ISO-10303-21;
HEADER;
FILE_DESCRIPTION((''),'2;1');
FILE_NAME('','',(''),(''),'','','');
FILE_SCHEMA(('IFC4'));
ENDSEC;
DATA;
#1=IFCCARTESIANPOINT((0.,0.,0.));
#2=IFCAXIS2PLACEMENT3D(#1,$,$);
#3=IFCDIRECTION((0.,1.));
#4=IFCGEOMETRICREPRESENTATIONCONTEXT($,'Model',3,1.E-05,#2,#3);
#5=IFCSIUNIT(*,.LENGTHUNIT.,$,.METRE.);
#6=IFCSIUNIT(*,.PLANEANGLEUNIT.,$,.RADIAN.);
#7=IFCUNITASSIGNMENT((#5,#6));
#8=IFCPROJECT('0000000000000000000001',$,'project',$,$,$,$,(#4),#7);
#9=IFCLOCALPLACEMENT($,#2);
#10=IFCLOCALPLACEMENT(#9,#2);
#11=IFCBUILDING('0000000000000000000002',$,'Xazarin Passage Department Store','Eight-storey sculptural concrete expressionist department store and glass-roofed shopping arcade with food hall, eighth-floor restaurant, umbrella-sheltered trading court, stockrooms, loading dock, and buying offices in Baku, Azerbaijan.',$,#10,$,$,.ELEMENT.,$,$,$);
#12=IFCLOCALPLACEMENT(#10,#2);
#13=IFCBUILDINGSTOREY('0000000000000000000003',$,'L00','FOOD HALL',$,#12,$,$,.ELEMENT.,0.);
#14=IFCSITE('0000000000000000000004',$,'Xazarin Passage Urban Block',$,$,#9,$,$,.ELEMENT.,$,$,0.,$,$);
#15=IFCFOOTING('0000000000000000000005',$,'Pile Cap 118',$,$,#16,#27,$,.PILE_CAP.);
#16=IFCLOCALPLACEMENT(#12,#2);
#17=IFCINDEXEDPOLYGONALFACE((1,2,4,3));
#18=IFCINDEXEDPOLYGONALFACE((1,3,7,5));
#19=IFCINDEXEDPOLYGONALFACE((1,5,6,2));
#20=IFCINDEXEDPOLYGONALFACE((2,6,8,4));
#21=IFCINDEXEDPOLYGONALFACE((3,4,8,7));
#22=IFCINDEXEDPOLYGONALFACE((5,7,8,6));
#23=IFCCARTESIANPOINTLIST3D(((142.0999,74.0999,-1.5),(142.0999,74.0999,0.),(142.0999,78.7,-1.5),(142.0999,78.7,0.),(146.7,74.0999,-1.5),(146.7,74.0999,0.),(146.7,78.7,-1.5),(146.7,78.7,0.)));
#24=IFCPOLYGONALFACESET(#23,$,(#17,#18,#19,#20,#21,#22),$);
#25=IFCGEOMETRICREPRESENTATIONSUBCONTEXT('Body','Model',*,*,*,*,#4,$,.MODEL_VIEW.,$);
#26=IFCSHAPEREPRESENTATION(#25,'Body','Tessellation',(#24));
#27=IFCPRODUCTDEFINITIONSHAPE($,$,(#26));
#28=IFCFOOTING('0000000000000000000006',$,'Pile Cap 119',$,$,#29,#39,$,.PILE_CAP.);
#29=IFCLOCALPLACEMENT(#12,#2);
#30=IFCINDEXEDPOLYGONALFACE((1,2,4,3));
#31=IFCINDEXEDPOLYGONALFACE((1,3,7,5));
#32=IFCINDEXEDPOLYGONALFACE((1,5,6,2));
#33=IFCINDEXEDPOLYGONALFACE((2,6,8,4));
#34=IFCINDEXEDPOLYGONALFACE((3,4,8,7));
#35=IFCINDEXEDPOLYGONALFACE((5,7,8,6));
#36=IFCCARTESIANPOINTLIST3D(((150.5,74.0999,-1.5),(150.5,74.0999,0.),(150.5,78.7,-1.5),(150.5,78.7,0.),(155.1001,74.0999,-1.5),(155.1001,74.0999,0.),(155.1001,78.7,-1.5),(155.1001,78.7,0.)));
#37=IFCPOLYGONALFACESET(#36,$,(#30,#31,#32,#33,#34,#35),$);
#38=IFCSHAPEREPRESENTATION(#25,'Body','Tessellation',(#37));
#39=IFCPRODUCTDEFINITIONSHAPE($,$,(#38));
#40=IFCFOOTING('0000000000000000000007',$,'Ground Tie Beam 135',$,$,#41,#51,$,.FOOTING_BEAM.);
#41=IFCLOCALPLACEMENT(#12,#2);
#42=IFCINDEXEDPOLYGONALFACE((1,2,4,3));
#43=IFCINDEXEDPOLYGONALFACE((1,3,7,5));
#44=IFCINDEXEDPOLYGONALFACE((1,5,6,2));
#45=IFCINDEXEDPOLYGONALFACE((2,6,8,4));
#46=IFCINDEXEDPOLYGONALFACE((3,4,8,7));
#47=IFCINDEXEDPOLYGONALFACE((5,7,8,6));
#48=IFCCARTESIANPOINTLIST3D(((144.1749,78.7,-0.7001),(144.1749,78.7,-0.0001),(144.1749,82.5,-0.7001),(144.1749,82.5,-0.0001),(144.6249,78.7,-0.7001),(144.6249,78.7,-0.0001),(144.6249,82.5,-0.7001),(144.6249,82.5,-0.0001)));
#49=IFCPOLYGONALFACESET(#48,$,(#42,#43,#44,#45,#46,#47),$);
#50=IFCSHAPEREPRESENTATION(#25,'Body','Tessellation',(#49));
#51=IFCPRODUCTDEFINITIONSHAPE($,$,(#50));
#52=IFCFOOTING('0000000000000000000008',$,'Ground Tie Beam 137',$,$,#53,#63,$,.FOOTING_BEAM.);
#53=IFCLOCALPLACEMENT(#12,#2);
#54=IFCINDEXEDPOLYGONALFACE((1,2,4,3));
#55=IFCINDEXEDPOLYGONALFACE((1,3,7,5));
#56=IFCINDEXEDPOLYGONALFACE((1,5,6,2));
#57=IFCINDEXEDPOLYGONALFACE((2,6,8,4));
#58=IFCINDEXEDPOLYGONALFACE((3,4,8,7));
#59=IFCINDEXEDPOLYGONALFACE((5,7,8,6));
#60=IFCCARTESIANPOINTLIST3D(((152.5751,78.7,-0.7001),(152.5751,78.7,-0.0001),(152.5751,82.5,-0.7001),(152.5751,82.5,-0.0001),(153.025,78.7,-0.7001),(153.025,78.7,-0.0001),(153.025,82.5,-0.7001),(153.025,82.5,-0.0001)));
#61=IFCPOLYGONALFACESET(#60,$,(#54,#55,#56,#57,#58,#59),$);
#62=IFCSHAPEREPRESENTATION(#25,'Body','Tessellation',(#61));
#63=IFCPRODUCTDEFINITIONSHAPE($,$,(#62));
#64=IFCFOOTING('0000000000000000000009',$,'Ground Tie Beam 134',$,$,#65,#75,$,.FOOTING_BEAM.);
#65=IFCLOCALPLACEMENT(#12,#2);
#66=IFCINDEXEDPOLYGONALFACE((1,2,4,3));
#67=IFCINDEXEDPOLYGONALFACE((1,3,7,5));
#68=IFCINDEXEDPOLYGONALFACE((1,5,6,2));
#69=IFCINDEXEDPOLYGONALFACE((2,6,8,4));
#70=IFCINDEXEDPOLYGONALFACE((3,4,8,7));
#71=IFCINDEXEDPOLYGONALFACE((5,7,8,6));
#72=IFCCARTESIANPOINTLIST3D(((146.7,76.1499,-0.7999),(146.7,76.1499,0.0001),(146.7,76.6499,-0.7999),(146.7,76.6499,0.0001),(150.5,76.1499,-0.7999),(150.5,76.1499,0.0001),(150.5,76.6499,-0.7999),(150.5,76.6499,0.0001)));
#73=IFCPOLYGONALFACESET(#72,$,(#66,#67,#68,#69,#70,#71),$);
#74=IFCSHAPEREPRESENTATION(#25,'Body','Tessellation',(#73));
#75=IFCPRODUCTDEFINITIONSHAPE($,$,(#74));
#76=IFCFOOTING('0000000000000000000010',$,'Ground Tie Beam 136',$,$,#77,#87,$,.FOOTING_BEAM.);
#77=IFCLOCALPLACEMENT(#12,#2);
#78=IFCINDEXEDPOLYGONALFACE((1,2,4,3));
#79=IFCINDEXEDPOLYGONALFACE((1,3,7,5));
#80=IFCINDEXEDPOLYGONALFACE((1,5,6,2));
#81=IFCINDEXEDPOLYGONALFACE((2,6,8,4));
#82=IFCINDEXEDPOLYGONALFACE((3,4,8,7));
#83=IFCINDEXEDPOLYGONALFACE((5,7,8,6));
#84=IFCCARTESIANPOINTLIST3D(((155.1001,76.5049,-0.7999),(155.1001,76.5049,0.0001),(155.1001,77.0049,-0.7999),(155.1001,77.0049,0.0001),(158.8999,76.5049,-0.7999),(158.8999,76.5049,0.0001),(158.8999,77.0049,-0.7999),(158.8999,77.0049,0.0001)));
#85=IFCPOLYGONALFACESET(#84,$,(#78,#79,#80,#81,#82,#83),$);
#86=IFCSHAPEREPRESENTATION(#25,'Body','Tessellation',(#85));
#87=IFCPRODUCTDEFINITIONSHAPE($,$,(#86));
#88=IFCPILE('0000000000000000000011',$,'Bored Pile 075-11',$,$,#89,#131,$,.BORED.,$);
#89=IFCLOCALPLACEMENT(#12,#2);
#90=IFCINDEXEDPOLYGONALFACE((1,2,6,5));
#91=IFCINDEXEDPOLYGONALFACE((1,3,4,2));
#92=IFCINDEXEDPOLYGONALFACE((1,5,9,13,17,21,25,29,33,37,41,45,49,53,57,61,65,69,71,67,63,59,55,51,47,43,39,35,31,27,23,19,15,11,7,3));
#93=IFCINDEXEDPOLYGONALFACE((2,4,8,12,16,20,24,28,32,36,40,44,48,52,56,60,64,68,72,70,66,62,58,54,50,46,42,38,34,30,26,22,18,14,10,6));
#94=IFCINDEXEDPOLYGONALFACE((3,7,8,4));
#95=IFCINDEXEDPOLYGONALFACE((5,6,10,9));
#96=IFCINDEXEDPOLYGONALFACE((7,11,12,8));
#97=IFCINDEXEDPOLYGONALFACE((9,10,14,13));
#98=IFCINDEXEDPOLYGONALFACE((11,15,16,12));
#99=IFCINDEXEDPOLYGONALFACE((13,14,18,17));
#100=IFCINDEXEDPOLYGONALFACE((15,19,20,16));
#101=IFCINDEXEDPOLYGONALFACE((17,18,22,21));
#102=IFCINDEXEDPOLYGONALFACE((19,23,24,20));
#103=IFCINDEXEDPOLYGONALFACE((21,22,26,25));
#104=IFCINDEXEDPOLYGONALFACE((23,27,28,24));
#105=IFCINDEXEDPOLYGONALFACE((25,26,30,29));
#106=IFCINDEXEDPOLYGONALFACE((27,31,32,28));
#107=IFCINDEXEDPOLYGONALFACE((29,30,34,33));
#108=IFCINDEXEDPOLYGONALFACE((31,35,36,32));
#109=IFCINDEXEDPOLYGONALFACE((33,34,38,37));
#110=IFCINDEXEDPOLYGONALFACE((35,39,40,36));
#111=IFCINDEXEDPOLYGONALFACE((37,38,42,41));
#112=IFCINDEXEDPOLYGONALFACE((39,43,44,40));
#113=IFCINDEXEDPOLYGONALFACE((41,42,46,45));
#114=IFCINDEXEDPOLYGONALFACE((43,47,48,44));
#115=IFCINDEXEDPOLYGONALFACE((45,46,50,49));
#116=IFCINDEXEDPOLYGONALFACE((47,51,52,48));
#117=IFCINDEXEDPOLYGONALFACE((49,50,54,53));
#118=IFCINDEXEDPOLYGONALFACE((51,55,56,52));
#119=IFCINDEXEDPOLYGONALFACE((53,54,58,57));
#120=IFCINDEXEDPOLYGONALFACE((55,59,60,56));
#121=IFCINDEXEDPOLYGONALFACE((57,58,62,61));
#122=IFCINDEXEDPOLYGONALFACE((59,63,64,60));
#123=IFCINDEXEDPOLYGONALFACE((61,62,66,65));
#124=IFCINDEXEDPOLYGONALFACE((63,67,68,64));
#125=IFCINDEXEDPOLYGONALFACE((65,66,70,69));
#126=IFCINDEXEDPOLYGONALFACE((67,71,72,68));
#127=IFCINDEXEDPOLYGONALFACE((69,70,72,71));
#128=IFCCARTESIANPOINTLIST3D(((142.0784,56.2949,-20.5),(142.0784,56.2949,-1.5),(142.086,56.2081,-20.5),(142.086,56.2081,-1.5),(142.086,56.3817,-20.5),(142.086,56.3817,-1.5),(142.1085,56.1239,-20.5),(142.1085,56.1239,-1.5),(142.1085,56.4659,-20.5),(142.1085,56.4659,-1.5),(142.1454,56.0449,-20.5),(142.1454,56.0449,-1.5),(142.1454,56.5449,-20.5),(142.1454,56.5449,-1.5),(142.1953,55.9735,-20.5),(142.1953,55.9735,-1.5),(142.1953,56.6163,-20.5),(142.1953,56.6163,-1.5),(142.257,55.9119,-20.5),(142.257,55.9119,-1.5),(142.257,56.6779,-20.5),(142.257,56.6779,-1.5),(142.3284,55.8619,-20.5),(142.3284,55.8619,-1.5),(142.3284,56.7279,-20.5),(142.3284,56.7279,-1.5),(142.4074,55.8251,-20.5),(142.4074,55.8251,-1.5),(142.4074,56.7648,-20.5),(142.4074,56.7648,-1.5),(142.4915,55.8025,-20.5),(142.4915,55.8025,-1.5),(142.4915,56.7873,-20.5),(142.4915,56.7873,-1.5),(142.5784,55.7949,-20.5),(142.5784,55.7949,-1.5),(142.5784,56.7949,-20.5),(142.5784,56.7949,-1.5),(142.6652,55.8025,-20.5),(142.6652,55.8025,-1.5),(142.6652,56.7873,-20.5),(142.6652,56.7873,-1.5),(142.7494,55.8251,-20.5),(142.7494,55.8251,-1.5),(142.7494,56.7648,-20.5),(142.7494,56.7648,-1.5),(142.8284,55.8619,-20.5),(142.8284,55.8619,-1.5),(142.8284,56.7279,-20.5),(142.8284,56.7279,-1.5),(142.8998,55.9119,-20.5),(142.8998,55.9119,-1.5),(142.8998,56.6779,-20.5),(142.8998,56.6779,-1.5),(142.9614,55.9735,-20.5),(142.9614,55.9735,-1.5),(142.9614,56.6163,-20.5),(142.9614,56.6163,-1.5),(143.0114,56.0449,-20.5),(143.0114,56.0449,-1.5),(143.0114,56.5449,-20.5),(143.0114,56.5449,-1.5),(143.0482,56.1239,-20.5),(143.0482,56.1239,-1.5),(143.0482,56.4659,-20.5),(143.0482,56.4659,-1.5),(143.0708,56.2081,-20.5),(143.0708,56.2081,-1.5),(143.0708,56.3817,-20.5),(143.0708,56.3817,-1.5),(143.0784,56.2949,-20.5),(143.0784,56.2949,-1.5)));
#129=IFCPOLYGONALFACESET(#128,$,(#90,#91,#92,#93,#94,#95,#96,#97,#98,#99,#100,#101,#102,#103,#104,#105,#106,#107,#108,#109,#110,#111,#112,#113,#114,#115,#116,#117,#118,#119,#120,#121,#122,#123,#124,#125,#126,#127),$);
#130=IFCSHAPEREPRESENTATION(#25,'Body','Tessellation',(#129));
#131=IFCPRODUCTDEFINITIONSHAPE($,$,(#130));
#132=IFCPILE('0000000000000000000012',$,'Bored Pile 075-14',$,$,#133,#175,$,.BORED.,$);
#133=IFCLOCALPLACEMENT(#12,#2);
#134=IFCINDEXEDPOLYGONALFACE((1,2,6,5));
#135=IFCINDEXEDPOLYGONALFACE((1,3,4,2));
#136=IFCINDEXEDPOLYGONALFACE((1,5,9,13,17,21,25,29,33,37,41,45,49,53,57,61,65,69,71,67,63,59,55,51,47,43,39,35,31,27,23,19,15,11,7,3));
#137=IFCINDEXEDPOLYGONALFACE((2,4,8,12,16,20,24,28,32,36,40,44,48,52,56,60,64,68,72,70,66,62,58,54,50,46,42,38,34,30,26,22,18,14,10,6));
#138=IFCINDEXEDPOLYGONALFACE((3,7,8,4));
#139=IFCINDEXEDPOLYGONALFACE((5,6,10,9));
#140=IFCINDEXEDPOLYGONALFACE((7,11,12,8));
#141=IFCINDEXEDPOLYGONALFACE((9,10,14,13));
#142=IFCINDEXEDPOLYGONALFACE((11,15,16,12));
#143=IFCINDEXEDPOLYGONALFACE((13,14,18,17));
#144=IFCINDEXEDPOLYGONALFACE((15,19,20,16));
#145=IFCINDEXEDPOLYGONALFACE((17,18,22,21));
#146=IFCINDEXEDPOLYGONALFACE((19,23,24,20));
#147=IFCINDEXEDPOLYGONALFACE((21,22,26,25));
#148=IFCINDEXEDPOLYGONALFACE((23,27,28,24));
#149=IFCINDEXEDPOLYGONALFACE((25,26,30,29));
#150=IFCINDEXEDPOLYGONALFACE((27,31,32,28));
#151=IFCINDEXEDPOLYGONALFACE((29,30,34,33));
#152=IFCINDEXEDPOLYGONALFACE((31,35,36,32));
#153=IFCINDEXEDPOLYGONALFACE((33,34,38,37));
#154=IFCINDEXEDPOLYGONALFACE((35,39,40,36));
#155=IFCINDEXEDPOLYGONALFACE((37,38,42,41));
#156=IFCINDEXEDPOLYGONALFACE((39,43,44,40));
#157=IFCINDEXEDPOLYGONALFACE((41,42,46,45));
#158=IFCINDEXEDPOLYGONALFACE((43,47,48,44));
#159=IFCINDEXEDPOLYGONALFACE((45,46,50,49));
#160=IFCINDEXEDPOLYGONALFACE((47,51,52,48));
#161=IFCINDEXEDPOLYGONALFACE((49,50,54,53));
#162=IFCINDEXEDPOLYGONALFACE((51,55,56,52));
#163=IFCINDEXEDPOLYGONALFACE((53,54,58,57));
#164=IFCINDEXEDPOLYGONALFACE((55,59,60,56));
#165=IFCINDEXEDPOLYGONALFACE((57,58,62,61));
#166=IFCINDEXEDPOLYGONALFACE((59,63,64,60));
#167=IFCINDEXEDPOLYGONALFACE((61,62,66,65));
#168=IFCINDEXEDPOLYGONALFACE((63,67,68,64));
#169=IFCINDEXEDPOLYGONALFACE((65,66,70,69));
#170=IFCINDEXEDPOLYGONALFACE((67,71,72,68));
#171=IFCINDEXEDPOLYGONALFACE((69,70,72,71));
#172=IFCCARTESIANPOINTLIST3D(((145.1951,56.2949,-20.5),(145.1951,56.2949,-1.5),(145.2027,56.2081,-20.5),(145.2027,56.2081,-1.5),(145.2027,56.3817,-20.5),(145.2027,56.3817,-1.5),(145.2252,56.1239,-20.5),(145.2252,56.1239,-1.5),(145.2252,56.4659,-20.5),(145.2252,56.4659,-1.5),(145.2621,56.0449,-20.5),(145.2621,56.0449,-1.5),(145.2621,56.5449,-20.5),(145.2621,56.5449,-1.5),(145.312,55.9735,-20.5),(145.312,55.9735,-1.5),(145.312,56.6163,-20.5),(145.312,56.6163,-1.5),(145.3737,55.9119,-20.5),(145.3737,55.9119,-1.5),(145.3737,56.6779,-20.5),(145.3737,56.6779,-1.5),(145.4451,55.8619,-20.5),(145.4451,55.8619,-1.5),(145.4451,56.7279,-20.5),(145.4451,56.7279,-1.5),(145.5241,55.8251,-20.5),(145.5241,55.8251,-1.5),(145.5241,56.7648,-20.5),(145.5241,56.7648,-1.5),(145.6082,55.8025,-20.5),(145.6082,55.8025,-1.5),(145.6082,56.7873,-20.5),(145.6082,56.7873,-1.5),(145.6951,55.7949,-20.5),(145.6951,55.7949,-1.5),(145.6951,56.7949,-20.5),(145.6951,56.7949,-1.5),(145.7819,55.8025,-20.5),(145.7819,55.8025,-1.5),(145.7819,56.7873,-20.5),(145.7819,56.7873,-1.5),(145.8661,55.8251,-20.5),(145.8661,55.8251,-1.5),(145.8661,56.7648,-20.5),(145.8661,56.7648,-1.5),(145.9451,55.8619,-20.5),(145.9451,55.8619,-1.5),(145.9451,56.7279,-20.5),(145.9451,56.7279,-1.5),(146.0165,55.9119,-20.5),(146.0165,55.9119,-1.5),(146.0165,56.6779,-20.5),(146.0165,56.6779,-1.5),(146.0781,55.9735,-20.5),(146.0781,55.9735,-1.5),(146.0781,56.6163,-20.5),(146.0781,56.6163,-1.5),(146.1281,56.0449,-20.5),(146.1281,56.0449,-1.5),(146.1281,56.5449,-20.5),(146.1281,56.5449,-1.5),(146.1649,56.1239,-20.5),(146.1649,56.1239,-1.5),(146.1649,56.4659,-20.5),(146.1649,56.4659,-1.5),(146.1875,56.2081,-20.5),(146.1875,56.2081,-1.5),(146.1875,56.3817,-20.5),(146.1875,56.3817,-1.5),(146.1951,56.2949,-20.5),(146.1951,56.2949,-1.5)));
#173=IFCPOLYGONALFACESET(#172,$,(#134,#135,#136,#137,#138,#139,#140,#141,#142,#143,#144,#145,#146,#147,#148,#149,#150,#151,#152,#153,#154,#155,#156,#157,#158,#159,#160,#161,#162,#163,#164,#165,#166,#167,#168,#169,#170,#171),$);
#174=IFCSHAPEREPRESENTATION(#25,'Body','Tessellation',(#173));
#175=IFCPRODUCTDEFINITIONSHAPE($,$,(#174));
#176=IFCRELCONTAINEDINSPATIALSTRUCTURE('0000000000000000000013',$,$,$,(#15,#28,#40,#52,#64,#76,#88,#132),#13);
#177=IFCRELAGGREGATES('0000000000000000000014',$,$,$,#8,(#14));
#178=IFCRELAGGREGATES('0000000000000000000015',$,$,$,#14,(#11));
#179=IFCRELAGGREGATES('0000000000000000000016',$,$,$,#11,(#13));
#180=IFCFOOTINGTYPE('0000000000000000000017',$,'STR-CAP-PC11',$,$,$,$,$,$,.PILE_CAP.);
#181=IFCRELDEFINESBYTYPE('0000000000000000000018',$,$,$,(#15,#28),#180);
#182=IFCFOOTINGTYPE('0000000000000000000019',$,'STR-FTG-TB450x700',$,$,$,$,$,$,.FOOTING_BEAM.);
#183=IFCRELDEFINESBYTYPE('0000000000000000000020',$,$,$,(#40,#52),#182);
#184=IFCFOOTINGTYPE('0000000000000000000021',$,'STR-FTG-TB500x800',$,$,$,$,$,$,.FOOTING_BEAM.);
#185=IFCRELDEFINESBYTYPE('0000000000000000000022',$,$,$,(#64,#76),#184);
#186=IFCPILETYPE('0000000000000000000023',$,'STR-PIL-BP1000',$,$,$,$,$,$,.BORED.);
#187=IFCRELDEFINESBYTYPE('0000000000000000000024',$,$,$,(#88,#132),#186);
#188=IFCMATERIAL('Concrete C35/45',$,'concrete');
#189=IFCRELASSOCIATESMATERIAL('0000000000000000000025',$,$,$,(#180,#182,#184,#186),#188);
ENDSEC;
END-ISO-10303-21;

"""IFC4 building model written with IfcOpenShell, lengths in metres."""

from ifc_helpers import new_model, si_unit, direction, frame, origin, origin_2d, place, context, subcontext, project, spatial, rectangle, circle, extrude, material, material_profile, profile_set, type_object, element, save


model = new_model("IFC4")

# Units and contexts
model_context = context("Model", 3, precision=1e-05, world=origin(), true_north=direction((0.0, 1.0)))
body_context = subcontext(model_context, "Body", "Model", "MODEL_VIEW")
ifc_project = project(units=[si_unit("LENGTHUNIT", "METRE"), si_unit("PLANEANGLEUNIT", "RADIAN")], contexts=[model_context])

# Site, building, storey
site_placement = place(None, origin())
site = spatial("IfcSite", under=ifc_project, at=site_placement, Name="Xazarin Passage Urban Block", CompositionType="ELEMENT", RefElevation=0.0)
building_placement = place(site_placement, origin())
building = spatial("IfcBuilding", under=site, at=building_placement, Name="Xazarin Passage Department Store", Description="Eight-storey sculptural concrete expressionist department store and glass-roofed shopping arcade with food hall, eighth-floor restaurant, umbrella-sheltered trading court, stockrooms, loading dock, and buying offices in Baku, Azerbaijan.", CompositionType="ELEMENT")
storey_placement = place(building_placement, origin())
storey = spatial("IfcBuildingStorey", under=building, at=storey_placement, Name="L00", Description="FOOD HALL", CompositionType="ELEMENT", Elevation=0.0)

# Footings
ifc_material_1 = material(Name="Concrete C35/45", Category="concrete")
footing_type_1 = type_object("IfcFootingType", Name="STR-CAP-PC11", PredefinedType="PILE_CAP", material=ifc_material_1)
for number, where, z_axis, x_axis, name in (
    (1, (144.3999, 76.3999, -1.5), (0.0, 0.0, 1.0), (1.0, 0.0, 0.0), "Pile Cap 118"),
    (2, (152.8, 76.3999, -1.5), (0.0, 0.0, 1.0), (1.0, 0.0, 0.0), "Pile Cap 119"),
):
    element("IfcFooting", number, at=place(storey_placement, frame(where, z_axis=z_axis, x_axis=x_axis)), inside=storey, type_object=footing_type_1, Name=name, PredefinedType="PILE_CAP", context=body_context, shape_type="SweptSolid", body=[
        extrude(rectangle(XDim=4.6001, YDim=4.6001, at=origin_2d()), origin(), (0.0, 0.0, 1.0), 1.5),
    ])
ifc_material_profile_1 = material_profile(ifc_material_1, rectangle(XDim=0.45, YDim=0.7, at=origin_2d()), Name="RC 450x700")
ifc_profile_set_1 = profile_set([ifc_material_profile_1], Name="Concrete C35/45")
footing_type_2 = type_object("IfcFootingType", Name="STR-FTG-TB450x700", PredefinedType="FOOTING_BEAM", material=ifc_profile_set_1)
for number, where, z_axis, x_axis, name in (
    (3, (144.3999, 78.7, -0.3501), (0.0, 1.0, 0.0), (-1.0, 0.0, 0.0), "Ground Tie Beam 135"),
    (4, (152.8, 78.7, -0.3501), (0.0, 1.0, 0.0), (-1.0, 0.0, 0.0), "Ground Tie Beam 137"),
):
    element("IfcFooting", number, at=place(storey_placement, frame(where, z_axis=z_axis, x_axis=x_axis)), inside=storey, type_object=footing_type_2, Name=name, PredefinedType="FOOTING_BEAM", context=body_context, shape_type="SweptSolid", body=[
        extrude(rectangle(XDim=0.45, YDim=0.7, at=origin_2d()), origin(), (0.0, 0.0, 1.0), 3.8),
    ])
ifc_material_profile_2 = material_profile(ifc_material_1, rectangle(XDim=0.5, YDim=0.8, at=origin_2d()), Name="RC 500x800")
ifc_profile_set_2 = profile_set([ifc_material_profile_2], Name="Concrete C35/45")
footing_type_3 = type_object("IfcFootingType", Name="STR-FTG-TB500x800", PredefinedType="FOOTING_BEAM", material=ifc_profile_set_2)
footing_1_placement = place(storey_placement, frame((146.7, 76.3999, -0.3999), z_axis=(1.0, 0.0, 0.0), x_axis=(0.0, 1.0, 0.0)))
element("IfcFooting", 5, at=footing_1_placement, inside=storey, type_object=footing_type_3, Name="Ground Tie Beam 134", PredefinedType="FOOTING_BEAM", context=body_context, shape_type="SweptSolid", body=[
    extrude(rectangle(XDim=0.5, YDim=0.8, at=origin_2d()), origin(), (0.0, 0.0, 1.0), 3.8),
])
footing_2_placement = place(storey_placement, frame((155.1001, 76.7549, -0.3999), z_axis=(1.0, 0.0, 0.0), x_axis=(0.0, 1.0, 0.0)))
element("IfcFooting", 6, at=footing_2_placement, inside=storey, type_object=footing_type_3, Name="Ground Tie Beam 136", PredefinedType="FOOTING_BEAM", context=body_context, shape_type="SweptSolid", body=[
    extrude(rectangle(XDim=0.5, YDim=0.8, at=origin_2d()), origin(), (0.0, 0.0, 1.0), 3.7998),
])

# Piles
ifc_material_profile_3 = material_profile(ifc_material_1, circle(Radius=0.5, at=origin_2d()), Name="BP 1000")
ifc_profile_set_3 = profile_set([ifc_material_profile_3], Name="Concrete C35/45")
pile_type_1 = type_object("IfcPileType", Name="STR-PIL-BP1000", PredefinedType="BORED", material=ifc_profile_set_3)
for number, where, z_axis, x_axis, name in (
    (7, (142.5784, 56.2949, -1.5), (0.0, 0.0, -1.0), (1.0, 0.0, 0.0), "Bored Pile 075-11"),
    (8, (145.6951, 56.2949, -1.5), (0.0, 0.0, -1.0), (1.0, 0.0, 0.0), "Bored Pile 075-14"),
):
    element("IfcPile", number, at=place(storey_placement, frame(where, z_axis=z_axis, x_axis=x_axis)), inside=storey, type_object=pile_type_1, Name=name, PredefinedType="BORED", context=body_context, shape_type="SweptSolid", body=[
        extrude(circle(Radius=0.5, at=origin_2d()), origin(), (0.0, 0.0, 1.0), 19.0),
    ])

save(model, "model.ifc")
